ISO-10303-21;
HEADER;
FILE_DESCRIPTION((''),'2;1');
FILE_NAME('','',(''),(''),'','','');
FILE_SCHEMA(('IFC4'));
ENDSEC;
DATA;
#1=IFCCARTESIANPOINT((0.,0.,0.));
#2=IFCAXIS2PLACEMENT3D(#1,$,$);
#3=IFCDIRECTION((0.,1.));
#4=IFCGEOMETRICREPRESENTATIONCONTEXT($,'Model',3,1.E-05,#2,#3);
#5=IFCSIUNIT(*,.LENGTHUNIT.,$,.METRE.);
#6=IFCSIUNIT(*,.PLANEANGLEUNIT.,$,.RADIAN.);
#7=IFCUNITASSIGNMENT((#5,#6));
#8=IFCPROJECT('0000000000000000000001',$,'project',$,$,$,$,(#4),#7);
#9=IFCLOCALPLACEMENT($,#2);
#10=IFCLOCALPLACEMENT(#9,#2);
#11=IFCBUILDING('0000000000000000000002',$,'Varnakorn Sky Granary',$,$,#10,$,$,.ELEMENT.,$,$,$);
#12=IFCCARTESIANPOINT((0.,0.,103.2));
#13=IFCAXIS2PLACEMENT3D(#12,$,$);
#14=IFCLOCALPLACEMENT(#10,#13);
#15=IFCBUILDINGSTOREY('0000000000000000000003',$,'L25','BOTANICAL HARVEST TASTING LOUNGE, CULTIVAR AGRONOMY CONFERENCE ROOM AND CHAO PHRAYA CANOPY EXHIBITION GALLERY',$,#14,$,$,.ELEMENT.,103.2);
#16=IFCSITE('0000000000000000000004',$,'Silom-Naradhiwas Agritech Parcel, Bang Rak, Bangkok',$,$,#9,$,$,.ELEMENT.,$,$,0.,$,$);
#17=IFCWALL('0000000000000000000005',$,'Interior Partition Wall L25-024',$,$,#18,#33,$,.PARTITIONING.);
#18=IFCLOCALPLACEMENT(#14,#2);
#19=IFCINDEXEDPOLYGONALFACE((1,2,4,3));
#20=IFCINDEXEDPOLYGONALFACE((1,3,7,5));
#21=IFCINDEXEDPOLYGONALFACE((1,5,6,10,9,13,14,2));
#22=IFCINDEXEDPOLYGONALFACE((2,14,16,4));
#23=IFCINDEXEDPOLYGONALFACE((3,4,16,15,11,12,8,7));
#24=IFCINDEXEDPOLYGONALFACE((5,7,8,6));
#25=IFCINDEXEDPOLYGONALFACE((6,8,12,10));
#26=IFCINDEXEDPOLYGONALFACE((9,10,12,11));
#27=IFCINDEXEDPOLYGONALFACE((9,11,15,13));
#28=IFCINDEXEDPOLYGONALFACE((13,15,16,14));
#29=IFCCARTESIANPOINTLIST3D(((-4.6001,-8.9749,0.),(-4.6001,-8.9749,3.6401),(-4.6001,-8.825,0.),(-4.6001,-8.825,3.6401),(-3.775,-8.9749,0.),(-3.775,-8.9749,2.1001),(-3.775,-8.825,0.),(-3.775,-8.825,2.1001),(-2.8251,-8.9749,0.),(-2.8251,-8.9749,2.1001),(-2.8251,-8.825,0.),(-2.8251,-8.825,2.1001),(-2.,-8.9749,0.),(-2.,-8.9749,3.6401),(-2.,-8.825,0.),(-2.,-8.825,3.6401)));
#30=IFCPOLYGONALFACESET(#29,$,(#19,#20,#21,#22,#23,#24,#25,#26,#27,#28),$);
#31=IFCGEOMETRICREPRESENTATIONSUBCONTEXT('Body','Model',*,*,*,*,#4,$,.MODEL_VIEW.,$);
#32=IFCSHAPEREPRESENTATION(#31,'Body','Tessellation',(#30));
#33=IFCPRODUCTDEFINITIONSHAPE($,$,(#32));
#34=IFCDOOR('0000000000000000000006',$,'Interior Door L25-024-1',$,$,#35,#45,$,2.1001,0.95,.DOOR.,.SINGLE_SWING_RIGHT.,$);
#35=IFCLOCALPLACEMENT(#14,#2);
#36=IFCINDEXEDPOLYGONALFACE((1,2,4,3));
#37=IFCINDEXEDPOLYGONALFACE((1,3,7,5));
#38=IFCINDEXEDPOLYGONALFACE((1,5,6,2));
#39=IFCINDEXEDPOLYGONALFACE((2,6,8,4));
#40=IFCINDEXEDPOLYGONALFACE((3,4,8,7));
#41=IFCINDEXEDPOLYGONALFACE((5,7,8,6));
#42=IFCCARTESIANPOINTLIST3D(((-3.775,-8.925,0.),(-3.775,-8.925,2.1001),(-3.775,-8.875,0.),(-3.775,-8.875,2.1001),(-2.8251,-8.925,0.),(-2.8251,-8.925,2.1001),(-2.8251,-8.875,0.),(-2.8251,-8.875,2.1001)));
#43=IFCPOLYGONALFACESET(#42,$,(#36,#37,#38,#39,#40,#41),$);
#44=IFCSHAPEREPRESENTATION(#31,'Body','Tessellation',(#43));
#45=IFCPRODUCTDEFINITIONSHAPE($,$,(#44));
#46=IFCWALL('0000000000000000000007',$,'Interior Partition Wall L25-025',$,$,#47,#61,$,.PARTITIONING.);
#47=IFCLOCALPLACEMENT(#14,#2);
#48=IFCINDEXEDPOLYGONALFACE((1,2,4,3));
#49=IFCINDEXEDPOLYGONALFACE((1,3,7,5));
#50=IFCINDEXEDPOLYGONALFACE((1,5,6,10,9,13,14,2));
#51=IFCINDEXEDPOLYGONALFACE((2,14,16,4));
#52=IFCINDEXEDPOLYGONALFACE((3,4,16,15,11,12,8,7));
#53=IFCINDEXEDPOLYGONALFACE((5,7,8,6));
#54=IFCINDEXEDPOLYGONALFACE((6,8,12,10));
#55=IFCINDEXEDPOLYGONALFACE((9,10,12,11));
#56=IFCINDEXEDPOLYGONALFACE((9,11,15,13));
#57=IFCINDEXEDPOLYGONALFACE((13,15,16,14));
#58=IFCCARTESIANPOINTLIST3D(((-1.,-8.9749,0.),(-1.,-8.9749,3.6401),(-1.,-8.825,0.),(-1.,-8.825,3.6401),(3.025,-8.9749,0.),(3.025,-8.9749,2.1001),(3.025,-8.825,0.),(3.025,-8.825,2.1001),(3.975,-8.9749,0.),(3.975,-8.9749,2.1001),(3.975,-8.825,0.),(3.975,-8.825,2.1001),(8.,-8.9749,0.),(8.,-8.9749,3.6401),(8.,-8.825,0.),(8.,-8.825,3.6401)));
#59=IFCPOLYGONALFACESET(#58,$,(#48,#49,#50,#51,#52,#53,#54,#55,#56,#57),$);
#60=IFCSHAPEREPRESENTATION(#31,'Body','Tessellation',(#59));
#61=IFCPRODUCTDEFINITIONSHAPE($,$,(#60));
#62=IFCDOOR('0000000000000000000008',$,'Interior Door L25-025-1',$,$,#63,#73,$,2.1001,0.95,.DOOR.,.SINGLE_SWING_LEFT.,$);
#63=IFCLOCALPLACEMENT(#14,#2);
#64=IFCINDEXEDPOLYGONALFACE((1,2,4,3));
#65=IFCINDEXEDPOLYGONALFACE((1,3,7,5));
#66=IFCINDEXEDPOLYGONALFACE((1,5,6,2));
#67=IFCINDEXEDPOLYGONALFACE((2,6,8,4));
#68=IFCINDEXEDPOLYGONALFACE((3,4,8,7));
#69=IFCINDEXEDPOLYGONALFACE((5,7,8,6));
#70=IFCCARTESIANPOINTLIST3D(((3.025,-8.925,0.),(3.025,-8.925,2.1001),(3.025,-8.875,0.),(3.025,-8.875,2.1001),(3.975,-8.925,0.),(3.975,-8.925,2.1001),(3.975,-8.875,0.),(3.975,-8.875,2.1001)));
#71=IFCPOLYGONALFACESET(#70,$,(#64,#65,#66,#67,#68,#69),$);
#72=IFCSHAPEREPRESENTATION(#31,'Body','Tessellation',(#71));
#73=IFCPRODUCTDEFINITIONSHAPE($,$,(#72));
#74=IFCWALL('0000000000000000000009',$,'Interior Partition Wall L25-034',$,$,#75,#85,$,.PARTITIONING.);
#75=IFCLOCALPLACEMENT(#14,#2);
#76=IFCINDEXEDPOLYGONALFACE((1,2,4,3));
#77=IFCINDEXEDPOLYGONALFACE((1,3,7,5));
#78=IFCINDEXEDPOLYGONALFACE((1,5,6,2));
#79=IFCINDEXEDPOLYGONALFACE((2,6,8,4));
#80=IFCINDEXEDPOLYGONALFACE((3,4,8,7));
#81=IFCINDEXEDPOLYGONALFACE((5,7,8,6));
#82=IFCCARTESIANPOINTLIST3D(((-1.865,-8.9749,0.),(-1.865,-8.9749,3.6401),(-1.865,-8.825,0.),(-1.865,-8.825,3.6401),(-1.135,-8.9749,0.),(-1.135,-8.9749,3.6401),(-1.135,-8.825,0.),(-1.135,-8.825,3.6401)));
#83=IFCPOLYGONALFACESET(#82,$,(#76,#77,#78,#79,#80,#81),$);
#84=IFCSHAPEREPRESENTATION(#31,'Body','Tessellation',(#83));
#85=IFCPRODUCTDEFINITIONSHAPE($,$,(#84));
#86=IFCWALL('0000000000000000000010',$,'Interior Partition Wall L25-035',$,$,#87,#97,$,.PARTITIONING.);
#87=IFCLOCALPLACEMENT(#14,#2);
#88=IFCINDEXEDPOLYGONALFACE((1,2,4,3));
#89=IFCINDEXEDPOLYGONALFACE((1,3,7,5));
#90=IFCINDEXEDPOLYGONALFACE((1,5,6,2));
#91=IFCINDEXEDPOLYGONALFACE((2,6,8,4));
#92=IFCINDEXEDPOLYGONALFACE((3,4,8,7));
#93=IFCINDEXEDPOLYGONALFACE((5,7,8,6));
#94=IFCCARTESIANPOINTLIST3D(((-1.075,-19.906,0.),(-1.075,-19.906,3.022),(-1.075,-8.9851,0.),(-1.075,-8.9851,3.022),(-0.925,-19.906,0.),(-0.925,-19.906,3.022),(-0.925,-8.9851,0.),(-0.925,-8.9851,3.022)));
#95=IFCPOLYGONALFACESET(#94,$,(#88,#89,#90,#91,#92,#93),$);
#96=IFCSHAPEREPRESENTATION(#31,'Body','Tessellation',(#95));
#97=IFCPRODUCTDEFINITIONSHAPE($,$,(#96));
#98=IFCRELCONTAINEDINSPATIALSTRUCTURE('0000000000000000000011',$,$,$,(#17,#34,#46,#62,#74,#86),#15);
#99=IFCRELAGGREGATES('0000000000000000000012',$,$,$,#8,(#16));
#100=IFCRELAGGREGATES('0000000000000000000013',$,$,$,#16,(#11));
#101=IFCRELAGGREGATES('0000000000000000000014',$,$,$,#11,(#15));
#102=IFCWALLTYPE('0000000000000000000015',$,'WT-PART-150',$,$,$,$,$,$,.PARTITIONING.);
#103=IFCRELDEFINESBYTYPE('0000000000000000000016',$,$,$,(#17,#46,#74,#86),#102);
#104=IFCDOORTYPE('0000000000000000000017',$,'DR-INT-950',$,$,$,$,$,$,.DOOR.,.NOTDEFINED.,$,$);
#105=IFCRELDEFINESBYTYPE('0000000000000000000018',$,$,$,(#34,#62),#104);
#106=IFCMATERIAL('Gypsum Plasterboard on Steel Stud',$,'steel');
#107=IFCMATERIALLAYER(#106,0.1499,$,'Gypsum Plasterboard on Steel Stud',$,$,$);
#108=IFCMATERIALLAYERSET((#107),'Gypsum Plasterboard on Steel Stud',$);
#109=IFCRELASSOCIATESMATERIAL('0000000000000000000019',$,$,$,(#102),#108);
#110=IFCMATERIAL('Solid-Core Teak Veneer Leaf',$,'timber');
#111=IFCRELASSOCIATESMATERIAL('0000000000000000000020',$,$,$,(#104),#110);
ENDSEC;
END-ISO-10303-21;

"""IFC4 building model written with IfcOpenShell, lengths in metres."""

from ifc_helpers import new_model, si_unit, direction, frame, frame_2d, origin, place, context, subcontext, project, spatial, rectangle, extrude, material, layer, layer_set, type_object, element, fill, save


model = new_model("IFC4")

# Units and contexts
model_context = context("Model", 3, precision=1e-05, world=origin(), true_north=direction((0.0, 1.0)))
body_context = subcontext(model_context, "Body", "Model", "MODEL_VIEW")
ifc_project = project(units=[si_unit("LENGTHUNIT", "METRE"), si_unit("PLANEANGLEUNIT", "RADIAN")], contexts=[model_context])

# Site, building, storey
site_placement = place(None, origin())
site = spatial("IfcSite", under=ifc_project, at=site_placement, Name="Silom-Naradhiwas Agritech Parcel, Bang Rak, Bangkok", CompositionType="ELEMENT", RefElevation=0.0)
building_placement = place(site_placement, origin())
building = spatial("IfcBuilding", under=site, at=building_placement, Name="Varnakorn Sky Granary", CompositionType="ELEMENT")
storey_placement = place(building_placement, frame((0.0, 0.0, 103.2)))
storey = spatial("IfcBuildingStorey", under=building, at=storey_placement, Name="L25", Description="BOTANICAL HARVEST TASTING LOUNGE, CULTIVAR AGRONOMY CONFERENCE ROOM AND CHAO PHRAYA CANOPY EXHIBITION GALLERY", CompositionType="ELEMENT", Elevation=103.2)

# Walls, openings, doors
ifc_material_1 = material(Name="Gypsum Plasterboard on Steel Stud", Category="steel")
ifc_layer_1 = layer(ifc_material_1, 0.1499, Name="Gypsum Plasterboard on Steel Stud")
ifc_layer_set_1 = layer_set([ifc_layer_1], Name="Gypsum Plasterboard on Steel Stud")
wall_type = type_object("IfcWallType", Name="WT-PART-150", PredefinedType="PARTITIONING", material=ifc_layer_set_1)
wall_1_placement = place(storey_placement, frame((-4.6001, -8.8999, 0.0), z_axis=(0.0, 0.0, 1.0), x_axis=(1.0, 0.0, 0.0)))
wall_1 = element("IfcWall", 1, at=wall_1_placement, inside=storey, type_object=wall_type, Name="Interior Partition Wall L25-024", PredefinedType="PARTITIONING", context=body_context, shape_type="SweptSolid", body=[
    extrude(rectangle(XDim=2.6001, YDim=0.1499, at=frame_2d((1.3, 0.0))), origin(), (0.0, 0.0, 1.0), 3.6401),
])
opening_1_placement = place(wall_1_placement, frame((0.825, 0.0, 0.0)))
opening_1 = element("IfcOpeningElement", 2, at=opening_1_placement, cuts=wall_1, PredefinedType="OPENING", context=body_context, shape_type="SweptSolid", body=[
    extrude(rectangle(XDim=0.95, YDim=2.1001, at=frame_2d((0.4751, 1.05))), frame((0.0, 0.085, 0.0), z_axis=(0.0, -1.0, 0.0), x_axis=(1.0, 0.0, 0.0)), (0.0, 0.0, 1.0), 0.1699),
])
ifc_material_2 = material(Name="Solid-Core Teak Veneer Leaf", Category="timber")
door_type = type_object("IfcDoorType", Name="DR-INT-950", OperationType="NOTDEFINED", PredefinedType="DOOR", material=ifc_material_2)
door_1_placement = place(opening_1_placement, origin())
door_1 = element("IfcDoor", 3, at=door_1_placement, inside=storey, type_object=door_type, Name="Interior Door L25-024-1", OperationType="SINGLE_SWING_RIGHT", OverallHeight=2.1001, OverallWidth=0.95, PredefinedType="DOOR", context=body_context, shape_type="SweptSolid", body=[
    extrude(rectangle(XDim=0.95, YDim=2.1001, at=frame_2d((0.4751, 1.05))), frame((0.0, 0.0249, 0.0), z_axis=(0.0, -1.0, 0.0), x_axis=(1.0, 0.0, 0.0)), (0.0, 0.0, 1.0), 0.05),
])
fill(opening_1, door_1)
wall_2_placement = place(storey_placement, frame((-1.0, -8.8999, 0.0), z_axis=(0.0, 0.0, 1.0), x_axis=(1.0, 0.0, 0.0)))
wall_2 = element("IfcWall", 4, at=wall_2_placement, inside=storey, type_object=wall_type, Name="Interior Partition Wall L25-025", PredefinedType="PARTITIONING", context=body_context, shape_type="SweptSolid", body=[
    extrude(rectangle(XDim=9.0, YDim=0.1499, at=frame_2d((4.5, 0.0))), origin(), (0.0, 0.0, 1.0), 3.6401),
])
opening_2_placement = place(wall_2_placement, frame((4.0249, 0.0, 0.0)))
opening_2 = element("IfcOpeningElement", 5, at=opening_2_placement, cuts=wall_2, PredefinedType="OPENING", context=body_context, shape_type="SweptSolid", body=[
    extrude(rectangle(XDim=0.95, YDim=2.1001, at=frame_2d((0.4751, 1.05))), frame((0.0, 0.085, 0.0), z_axis=(0.0, -1.0, 0.0), x_axis=(1.0, 0.0, 0.0)), (0.0, 0.0, 1.0), 0.1699),
])
door_2_placement = place(opening_2_placement, origin())
door_2 = element("IfcDoor", 6, at=door_2_placement, inside=storey, type_object=door_type, Name="Interior Door L25-025-1", OperationType="SINGLE_SWING_LEFT", OverallHeight=2.1001, OverallWidth=0.95, PredefinedType="DOOR", context=body_context, shape_type="SweptSolid", body=[
    extrude(rectangle(XDim=0.95, YDim=2.1001, at=frame_2d((0.4751, 1.05))), frame((0.0, 0.0249, 0.0), z_axis=(0.0, -1.0, 0.0), x_axis=(1.0, 0.0, 0.0)), (0.0, 0.0, 1.0), 0.05),
])
fill(opening_2, door_2)

# Walls
wall_3_placement = place(storey_placement, frame((-1.865, -8.8999, 0.0), z_axis=(0.0, 0.0, 1.0), x_axis=(1.0, 0.0, 0.0)))
element("IfcWall", 7, at=wall_3_placement, inside=storey, type_object=wall_type, Name="Interior Partition Wall L25-034", PredefinedType="PARTITIONING", context=body_context, shape_type="SweptSolid", body=[
    extrude(rectangle(XDim=0.73, YDim=0.1499, at=frame_2d((0.365, 0.0))), origin(), (0.0, 0.0, 1.0), 3.6401),
])
wall_4_placement = place(storey_placement, frame((-1.0, -8.9851, 0.0), z_axis=(0.0, 0.0, 1.0), x_axis=(0.0, -1.0, 0.0)))
element("IfcWall", 8, at=wall_4_placement, inside=storey, type_object=wall_type, Name="Interior Partition Wall L25-035", PredefinedType="PARTITIONING", context=body_context, shape_type="SweptSolid", body=[
    extrude(rectangle(XDim=10.9209, YDim=0.1499, at=frame_2d((5.4604, 0.0))), origin(), (0.0, 0.0, 1.0), 3.022),
])

save(model, "model.ifc")
